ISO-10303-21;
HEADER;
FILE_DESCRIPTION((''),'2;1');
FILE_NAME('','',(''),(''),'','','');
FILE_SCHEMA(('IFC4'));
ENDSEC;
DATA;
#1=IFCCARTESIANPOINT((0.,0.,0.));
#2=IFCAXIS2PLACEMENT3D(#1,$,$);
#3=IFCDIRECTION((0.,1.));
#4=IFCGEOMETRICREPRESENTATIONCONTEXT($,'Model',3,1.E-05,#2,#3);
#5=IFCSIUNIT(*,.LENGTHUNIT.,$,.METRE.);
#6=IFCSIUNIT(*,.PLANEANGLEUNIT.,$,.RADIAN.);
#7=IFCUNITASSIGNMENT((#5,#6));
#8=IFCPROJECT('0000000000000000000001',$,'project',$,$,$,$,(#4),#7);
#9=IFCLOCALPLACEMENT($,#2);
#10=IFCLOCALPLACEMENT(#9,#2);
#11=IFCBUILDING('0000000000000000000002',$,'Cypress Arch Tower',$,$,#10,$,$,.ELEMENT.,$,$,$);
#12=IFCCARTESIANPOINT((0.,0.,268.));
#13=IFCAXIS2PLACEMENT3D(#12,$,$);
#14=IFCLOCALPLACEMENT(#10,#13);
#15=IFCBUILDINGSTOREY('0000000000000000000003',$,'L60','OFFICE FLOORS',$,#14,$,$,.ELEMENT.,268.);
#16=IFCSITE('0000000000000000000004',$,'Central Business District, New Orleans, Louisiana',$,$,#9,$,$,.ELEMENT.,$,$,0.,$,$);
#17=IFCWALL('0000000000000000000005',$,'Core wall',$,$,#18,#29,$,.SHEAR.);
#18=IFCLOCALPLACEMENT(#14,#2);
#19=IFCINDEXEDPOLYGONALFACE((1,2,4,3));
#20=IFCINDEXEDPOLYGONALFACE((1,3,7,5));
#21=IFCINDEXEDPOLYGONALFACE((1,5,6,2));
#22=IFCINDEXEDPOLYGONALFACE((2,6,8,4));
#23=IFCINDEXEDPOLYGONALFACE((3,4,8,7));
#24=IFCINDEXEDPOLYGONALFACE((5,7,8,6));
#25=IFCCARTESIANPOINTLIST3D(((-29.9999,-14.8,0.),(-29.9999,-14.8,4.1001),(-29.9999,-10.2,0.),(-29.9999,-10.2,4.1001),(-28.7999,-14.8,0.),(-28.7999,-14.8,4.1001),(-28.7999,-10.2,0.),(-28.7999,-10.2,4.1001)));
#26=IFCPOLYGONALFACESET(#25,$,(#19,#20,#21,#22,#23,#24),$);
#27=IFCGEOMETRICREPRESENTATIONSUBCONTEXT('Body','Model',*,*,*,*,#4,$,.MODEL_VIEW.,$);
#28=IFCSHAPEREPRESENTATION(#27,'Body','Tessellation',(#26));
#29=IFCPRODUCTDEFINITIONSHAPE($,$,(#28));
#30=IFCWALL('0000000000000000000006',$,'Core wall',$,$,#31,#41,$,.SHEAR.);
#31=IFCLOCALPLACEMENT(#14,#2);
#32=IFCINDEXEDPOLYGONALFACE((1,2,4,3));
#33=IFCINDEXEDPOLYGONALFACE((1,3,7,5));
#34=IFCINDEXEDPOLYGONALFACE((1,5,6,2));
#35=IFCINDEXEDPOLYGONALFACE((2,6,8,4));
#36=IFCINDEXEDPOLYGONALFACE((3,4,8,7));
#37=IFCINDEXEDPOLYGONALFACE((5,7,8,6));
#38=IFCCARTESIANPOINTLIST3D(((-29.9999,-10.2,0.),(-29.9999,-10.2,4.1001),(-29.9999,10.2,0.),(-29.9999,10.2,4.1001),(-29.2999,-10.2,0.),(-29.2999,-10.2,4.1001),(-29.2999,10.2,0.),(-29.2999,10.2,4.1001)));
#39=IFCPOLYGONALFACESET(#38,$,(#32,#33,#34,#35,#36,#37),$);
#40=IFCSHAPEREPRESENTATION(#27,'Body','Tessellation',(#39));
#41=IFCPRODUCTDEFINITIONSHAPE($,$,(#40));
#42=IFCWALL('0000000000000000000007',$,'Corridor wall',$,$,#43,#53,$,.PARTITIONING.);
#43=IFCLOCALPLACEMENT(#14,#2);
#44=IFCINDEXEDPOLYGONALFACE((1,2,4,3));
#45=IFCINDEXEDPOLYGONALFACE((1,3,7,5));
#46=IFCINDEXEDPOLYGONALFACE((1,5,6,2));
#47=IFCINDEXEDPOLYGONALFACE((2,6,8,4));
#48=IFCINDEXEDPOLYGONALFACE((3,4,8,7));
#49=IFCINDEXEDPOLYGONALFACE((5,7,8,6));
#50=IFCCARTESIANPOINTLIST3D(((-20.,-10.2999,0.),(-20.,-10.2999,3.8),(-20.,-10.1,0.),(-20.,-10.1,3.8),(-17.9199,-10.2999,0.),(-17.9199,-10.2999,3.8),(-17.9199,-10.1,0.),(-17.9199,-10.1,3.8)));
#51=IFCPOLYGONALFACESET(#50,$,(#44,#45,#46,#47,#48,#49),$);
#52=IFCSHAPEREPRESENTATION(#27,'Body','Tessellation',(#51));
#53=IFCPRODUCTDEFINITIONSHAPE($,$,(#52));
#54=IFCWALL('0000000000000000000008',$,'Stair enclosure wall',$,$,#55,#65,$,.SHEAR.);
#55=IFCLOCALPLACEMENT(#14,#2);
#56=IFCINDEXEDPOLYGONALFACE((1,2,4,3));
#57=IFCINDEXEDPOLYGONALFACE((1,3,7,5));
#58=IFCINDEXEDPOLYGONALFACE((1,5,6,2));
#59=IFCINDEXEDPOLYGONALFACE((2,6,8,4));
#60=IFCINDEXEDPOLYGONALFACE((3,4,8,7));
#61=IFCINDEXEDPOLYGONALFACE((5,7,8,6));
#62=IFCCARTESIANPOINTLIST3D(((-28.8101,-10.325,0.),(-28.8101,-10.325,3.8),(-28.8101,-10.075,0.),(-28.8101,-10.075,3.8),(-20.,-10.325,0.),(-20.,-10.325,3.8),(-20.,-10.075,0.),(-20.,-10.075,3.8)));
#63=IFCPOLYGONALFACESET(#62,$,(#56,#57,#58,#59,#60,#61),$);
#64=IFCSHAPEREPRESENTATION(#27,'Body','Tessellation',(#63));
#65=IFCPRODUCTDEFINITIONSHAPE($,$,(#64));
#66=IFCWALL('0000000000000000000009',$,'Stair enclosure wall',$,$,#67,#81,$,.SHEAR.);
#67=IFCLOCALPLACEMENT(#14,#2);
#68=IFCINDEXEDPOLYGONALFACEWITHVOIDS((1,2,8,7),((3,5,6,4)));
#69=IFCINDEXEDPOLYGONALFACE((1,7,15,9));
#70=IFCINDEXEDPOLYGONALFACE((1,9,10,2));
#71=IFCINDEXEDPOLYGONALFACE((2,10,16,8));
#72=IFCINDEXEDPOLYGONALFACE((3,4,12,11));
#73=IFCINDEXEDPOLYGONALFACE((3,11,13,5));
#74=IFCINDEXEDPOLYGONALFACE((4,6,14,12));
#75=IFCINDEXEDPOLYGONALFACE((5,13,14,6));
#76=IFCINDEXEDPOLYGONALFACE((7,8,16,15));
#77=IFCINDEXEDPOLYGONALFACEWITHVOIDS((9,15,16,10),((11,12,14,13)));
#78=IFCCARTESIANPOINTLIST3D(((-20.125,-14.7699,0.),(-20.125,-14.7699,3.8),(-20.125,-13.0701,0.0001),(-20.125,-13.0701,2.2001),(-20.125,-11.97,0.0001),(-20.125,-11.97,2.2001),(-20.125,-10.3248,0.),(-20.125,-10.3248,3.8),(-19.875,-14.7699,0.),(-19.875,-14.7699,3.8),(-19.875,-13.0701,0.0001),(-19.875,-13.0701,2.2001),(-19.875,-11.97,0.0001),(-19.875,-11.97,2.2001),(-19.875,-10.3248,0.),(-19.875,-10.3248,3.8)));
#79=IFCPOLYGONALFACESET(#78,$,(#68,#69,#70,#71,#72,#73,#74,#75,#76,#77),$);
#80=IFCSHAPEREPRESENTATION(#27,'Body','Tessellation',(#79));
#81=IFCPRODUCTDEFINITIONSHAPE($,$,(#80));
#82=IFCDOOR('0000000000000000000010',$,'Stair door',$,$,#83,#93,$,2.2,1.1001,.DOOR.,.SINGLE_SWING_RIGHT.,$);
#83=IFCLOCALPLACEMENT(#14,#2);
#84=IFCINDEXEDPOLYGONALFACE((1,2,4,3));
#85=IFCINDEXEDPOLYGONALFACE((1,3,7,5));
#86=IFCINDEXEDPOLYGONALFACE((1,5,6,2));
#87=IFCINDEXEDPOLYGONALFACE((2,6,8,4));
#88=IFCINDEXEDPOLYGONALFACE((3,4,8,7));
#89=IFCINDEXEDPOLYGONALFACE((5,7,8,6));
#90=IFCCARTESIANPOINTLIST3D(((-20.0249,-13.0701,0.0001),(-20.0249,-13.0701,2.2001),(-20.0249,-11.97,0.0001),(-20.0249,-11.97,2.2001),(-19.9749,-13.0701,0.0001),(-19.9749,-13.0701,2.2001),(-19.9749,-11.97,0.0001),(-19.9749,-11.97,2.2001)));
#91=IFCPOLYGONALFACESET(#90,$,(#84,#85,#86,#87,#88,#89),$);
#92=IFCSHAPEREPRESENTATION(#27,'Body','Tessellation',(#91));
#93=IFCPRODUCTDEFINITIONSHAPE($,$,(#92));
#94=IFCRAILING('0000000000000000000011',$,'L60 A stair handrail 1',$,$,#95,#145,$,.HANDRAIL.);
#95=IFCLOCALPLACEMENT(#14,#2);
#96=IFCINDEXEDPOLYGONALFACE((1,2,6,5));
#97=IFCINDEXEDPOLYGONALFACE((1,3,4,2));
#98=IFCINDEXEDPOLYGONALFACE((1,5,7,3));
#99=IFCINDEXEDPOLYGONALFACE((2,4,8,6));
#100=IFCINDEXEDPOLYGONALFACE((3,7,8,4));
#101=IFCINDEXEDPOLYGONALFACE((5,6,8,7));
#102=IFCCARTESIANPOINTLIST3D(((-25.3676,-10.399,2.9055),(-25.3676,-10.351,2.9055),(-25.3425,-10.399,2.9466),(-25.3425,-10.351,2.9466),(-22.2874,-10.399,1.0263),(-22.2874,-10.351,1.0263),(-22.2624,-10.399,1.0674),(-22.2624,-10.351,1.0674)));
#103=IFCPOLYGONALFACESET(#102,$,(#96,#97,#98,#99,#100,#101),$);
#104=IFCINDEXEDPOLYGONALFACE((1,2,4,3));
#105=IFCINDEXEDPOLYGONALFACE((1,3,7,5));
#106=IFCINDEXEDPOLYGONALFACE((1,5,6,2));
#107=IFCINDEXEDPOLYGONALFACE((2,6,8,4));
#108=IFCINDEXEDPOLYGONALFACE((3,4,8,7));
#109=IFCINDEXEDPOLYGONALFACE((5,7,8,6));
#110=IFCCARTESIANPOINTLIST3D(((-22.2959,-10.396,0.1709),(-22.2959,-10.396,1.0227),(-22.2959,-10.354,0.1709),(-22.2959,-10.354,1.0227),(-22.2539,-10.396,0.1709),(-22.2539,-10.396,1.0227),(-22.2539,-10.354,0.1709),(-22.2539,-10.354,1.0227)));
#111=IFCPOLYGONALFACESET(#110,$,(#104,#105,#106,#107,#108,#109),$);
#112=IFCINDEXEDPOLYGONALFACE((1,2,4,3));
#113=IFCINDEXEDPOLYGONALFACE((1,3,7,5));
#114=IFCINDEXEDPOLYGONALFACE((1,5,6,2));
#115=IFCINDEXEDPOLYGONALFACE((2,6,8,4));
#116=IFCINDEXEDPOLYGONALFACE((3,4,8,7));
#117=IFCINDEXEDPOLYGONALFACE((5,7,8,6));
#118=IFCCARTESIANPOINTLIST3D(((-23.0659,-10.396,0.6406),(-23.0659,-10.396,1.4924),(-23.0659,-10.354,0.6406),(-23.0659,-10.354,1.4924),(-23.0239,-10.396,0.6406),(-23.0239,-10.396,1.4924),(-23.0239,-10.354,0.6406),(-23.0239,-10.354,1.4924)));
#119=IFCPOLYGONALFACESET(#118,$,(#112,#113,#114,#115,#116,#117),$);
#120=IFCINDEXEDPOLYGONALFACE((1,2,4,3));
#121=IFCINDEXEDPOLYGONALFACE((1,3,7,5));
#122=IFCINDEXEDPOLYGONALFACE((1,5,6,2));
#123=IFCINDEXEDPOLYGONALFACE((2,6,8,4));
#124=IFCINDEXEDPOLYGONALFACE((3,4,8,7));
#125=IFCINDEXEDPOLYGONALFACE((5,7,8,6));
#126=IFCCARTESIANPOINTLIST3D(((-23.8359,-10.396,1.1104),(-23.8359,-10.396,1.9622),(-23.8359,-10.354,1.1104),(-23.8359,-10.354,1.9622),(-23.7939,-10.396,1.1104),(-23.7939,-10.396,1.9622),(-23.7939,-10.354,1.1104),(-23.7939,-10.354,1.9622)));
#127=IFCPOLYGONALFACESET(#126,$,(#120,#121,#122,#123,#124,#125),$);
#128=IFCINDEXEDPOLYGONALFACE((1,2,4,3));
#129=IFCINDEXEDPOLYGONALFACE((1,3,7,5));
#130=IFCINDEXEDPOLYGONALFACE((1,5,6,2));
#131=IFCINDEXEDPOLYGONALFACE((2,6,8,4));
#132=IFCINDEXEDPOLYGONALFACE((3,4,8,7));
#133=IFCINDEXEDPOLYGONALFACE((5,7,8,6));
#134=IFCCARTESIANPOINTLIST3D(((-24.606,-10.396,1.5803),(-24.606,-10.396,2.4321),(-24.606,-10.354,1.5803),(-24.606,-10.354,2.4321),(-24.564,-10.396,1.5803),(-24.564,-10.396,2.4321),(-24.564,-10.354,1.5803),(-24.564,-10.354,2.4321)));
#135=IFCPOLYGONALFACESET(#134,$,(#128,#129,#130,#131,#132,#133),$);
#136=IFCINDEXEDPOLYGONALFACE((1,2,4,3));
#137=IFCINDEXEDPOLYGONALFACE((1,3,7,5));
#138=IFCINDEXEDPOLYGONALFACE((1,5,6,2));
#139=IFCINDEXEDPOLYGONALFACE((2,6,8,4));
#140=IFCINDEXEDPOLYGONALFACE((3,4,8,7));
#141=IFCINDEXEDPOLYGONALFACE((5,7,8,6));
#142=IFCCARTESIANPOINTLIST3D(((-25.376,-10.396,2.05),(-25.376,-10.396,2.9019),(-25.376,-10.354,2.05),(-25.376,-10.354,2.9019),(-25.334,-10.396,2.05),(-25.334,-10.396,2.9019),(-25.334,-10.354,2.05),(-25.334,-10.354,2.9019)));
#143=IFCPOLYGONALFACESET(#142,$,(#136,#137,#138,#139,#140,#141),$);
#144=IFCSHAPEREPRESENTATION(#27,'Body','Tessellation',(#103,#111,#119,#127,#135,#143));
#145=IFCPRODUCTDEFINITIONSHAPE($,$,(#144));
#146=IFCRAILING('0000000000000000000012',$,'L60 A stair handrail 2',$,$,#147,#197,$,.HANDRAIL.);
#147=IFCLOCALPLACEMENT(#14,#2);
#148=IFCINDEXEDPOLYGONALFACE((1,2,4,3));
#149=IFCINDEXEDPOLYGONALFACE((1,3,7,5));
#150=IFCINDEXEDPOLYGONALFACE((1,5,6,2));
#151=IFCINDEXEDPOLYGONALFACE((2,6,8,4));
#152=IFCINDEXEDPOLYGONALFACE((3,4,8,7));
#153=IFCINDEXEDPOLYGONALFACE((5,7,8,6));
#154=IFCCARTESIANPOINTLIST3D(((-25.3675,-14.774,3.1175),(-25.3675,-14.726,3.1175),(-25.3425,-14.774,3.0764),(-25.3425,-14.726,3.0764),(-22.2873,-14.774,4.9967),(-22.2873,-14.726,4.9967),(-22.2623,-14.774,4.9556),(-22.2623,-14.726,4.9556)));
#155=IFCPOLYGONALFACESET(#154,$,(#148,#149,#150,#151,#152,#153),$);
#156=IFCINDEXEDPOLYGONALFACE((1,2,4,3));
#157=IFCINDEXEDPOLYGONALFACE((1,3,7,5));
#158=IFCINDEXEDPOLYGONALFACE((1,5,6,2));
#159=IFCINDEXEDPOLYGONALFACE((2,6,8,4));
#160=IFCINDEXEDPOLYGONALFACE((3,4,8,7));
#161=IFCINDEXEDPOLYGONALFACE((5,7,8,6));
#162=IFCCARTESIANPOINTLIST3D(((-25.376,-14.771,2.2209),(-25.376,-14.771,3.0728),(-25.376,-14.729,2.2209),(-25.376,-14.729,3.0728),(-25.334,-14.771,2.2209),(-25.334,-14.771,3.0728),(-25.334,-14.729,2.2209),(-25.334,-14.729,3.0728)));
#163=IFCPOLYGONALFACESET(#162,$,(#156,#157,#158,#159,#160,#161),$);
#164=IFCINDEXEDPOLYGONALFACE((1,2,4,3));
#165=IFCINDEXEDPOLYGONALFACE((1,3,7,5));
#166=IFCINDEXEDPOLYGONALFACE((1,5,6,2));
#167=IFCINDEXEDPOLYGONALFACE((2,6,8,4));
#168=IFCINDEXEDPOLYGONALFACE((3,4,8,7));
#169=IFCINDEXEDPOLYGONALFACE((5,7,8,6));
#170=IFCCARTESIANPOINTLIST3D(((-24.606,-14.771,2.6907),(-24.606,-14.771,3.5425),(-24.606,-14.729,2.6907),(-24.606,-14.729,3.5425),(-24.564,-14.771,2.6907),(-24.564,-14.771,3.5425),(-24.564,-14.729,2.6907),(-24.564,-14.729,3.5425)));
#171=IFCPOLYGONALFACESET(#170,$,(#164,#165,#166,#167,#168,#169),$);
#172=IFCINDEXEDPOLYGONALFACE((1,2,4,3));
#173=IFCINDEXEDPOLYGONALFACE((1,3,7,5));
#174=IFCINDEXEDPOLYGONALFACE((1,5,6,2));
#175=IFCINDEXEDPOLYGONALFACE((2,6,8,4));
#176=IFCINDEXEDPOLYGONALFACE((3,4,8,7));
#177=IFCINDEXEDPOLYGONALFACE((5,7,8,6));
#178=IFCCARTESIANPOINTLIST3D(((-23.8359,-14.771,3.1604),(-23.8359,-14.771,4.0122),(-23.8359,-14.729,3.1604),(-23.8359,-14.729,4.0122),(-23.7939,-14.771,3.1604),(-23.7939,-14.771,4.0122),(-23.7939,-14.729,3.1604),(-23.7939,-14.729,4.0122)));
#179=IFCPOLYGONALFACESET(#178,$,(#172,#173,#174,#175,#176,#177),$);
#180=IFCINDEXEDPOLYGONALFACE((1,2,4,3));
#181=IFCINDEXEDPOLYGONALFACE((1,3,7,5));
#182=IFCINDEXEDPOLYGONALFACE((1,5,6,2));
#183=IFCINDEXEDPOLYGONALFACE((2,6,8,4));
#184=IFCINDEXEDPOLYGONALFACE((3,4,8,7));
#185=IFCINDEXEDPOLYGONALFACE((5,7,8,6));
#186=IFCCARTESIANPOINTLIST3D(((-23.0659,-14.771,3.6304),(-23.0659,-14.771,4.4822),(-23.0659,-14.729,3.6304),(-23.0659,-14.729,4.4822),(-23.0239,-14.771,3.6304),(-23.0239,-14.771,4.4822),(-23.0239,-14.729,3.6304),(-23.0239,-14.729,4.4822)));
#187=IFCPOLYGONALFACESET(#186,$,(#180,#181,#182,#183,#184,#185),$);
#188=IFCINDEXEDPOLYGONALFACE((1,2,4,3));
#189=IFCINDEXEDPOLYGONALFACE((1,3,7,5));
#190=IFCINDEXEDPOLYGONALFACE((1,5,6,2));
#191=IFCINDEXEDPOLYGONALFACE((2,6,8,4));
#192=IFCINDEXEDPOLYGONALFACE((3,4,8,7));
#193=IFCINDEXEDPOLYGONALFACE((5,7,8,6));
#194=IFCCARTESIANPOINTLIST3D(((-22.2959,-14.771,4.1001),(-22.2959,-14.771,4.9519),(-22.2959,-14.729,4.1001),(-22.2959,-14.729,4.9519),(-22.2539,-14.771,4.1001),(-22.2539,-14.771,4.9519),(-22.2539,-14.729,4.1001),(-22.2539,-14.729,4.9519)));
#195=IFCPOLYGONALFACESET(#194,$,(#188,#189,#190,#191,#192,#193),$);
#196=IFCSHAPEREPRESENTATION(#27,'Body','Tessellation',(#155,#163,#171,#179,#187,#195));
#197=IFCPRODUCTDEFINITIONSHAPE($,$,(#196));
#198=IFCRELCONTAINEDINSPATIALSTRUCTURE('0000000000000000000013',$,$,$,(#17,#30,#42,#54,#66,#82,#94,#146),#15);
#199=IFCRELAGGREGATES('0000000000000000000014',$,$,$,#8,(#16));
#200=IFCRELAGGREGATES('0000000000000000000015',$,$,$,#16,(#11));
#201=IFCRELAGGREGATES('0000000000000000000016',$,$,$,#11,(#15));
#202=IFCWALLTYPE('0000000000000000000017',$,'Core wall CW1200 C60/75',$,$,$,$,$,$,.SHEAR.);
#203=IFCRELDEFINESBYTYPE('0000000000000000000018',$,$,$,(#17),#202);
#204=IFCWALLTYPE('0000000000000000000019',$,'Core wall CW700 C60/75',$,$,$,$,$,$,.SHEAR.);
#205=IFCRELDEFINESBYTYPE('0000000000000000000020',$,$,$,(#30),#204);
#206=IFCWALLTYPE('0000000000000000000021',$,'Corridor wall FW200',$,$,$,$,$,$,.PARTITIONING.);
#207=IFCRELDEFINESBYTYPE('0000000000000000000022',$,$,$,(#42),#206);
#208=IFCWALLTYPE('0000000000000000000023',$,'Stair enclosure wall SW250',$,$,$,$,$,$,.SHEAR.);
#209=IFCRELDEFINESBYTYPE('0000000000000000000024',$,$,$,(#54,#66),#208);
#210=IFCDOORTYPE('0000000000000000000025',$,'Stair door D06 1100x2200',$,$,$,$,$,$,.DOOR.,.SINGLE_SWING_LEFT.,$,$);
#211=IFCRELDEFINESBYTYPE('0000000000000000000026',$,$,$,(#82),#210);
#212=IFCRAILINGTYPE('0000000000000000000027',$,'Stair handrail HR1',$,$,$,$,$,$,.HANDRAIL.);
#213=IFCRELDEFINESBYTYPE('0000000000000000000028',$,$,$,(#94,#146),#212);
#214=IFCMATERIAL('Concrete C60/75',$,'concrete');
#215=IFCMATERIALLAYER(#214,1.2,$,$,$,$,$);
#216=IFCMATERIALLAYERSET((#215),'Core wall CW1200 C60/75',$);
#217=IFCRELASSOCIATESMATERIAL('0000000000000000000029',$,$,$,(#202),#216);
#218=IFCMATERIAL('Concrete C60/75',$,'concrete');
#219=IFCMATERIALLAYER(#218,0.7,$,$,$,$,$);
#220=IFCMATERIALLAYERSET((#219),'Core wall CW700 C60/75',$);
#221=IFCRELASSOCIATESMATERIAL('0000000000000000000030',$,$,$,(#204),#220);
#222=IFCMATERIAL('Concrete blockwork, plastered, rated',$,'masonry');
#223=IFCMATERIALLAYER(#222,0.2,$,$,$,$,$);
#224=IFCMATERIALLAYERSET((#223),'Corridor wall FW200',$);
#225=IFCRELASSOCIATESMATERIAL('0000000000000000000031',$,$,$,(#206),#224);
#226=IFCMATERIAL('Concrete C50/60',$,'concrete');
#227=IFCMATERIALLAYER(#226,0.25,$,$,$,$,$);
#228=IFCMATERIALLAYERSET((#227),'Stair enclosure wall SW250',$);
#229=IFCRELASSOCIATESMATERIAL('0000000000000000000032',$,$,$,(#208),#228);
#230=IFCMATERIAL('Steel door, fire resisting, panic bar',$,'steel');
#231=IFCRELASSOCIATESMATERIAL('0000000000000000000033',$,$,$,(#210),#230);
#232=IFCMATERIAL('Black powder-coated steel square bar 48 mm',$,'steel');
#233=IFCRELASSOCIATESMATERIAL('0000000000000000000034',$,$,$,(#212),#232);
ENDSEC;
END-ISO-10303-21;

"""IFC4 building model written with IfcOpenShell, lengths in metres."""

from ifc_helpers import new_model, si_unit, direction, frame, frame_2d, origin, origin_2d, place, context, subcontext, project, spatial, rectangle, extrude, material, layer, layer_set, type_object, element, fill, save


model = new_model("IFC4")

# Units and contexts
model_context = context("Model", 3, precision=1e-05, world=origin(), true_north=direction((0.0, 1.0)))
body_context = subcontext(model_context, "Body", "Model", "MODEL_VIEW")
ifc_project = project(units=[si_unit("LENGTHUNIT", "METRE"), si_unit("PLANEANGLEUNIT", "RADIAN")], contexts=[model_context])

# Site, building, storey
site_placement = place(None, origin())
site = spatial("IfcSite", under=ifc_project, at=site_placement, Name="Central Business District, New Orleans, Louisiana", CompositionType="ELEMENT", RefElevation=0.0)
building_placement = place(site_placement, origin())
building = spatial("IfcBuilding", under=site, at=building_placement, Name="Cypress Arch Tower", CompositionType="ELEMENT")
storey_placement = place(building_placement, frame((0.0, 0.0, 268.0)))
storey = spatial("IfcBuildingStorey", under=building, at=storey_placement, Name="L60", Description="OFFICE FLOORS", CompositionType="ELEMENT", Elevation=268.0)

# Walls
ifc_material_1 = material(Name="Concrete C60/75", Category="concrete")
ifc_layer_1 = layer(ifc_material_1, 1.2)
ifc_layer_set_1 = layer_set([ifc_layer_1], Name="Core wall CW1200 C60/75")
wall_type_1 = type_object("IfcWallType", Name="Core wall CW1200 C60/75", PredefinedType="SHEAR", material=ifc_layer_set_1)
wall_1_placement = place(storey_placement, frame((-29.3999, -14.8, 0.0), z_axis=(0.0, 0.0, 1.0), x_axis=(0.0, 1.0, 0.0)))
element("IfcWall", 1, at=wall_1_placement, inside=storey, type_object=wall_type_1, Name="Core wall", PredefinedType="SHEAR", context=body_context, shape_type="SweptSolid", body=[
    extrude(rectangle(XDim=4.6001, YDim=1.2, at=frame_2d((2.3, 0.0))), origin(), (0.0, 0.0, 1.0), 4.1001),
])
ifc_material_2 = material(Name="Concrete C60/75", Category="concrete")
ifc_layer_2 = layer(ifc_material_2, 0.7)
ifc_layer_set_2 = layer_set([ifc_layer_2], Name="Core wall CW700 C60/75")
wall_type_2 = type_object("IfcWallType", Name="Core wall CW700 C60/75", PredefinedType="SHEAR", material=ifc_layer_set_2)
wall_2_placement = place(storey_placement, frame((-29.6499, -10.2, 0.0), z_axis=(0.0, 0.0, 1.0), x_axis=(0.0, 1.0, 0.0)))
element("IfcWall", 2, at=wall_2_placement, inside=storey, type_object=wall_type_2, Name="Core wall", PredefinedType="SHEAR", context=body_context, shape_type="SweptSolid", body=[
    extrude(rectangle(XDim=20.3999, YDim=0.7, at=frame_2d((10.2, 0.0))), origin(), (0.0, 0.0, 1.0), 4.1001),
])
ifc_material_3 = material(Name="Concrete blockwork, plastered, rated", Category="masonry")
ifc_layer_3 = layer(ifc_material_3, 0.2)
ifc_layer_set_3 = layer_set([ifc_layer_3], Name="Corridor wall FW200")
wall_type_3 = type_object("IfcWallType", Name="Corridor wall FW200", PredefinedType="PARTITIONING", material=ifc_layer_set_3)
wall_3_placement = place(storey_placement, frame((-20.0, -10.2, 0.0), z_axis=(0.0, 0.0, 1.0), x_axis=(1.0, 0.0, 0.0)))
element("IfcWall", 3, at=wall_3_placement, inside=storey, type_object=wall_type_3, Name="Corridor wall", PredefinedType="PARTITIONING", context=body_context, shape_type="SweptSolid", body=[
    extrude(rectangle(XDim=2.0801, YDim=0.2, at=frame_2d((1.04, 0.0))), origin(), (0.0, 0.0, 1.0), 3.8),
])
ifc_material_4 = material(Name="Concrete C50/60", Category="concrete")
ifc_layer_4 = layer(ifc_material_4, 0.25)
ifc_layer_set_4 = layer_set([ifc_layer_4], Name="Stair enclosure wall SW250")
wall_type_4 = type_object("IfcWallType", Name="Stair enclosure wall SW250", PredefinedType="SHEAR", material=ifc_layer_set_4)
wall_4_placement = place(storey_placement, frame((-28.8101, -10.2, 0.0), z_axis=(0.0, 0.0, 1.0), x_axis=(1.0, 0.0, 0.0)))
element("IfcWall", 4, at=wall_4_placement, inside=storey, type_object=wall_type_4, Name="Stair enclosure wall", PredefinedType="SHEAR", context=body_context, shape_type="SweptSolid", body=[
    extrude(rectangle(XDim=8.8101, YDim=0.25, at=frame_2d((4.405, 0.0))), origin(), (0.0, 0.0, 1.0), 3.8),
])

# Wall, opening, door
wall_5_placement = place(storey_placement, frame((-20.0, -14.77, 0.0), z_axis=(0.0, 0.0, 1.0), x_axis=(0.0, 1.0, 0.0)))
wall_5 = element("IfcWall", 5, at=wall_5_placement, inside=storey, type_object=wall_type_4, Name="Stair enclosure wall", PredefinedType="SHEAR", context=body_context, shape_type="SweptSolid", body=[
    extrude(rectangle(XDim=4.4451, YDim=0.25, at=frame_2d((2.2227, 0.0))), origin(), (0.0, 0.0, 1.0), 3.8),
])
opening_1_placement = place(wall_5_placement, frame((1.7, 0.0, 0.0)))
opening_1 = element("IfcOpeningElement", 6, at=opening_1_placement, cuts=wall_5, PredefinedType="OPENING", context=body_context, shape_type="SweptSolid", body=[
    extrude(rectangle(XDim=1.1001, YDim=2.2, at=frame_2d((0.55, 1.1001))), frame((0.0, 0.135, 0.0), z_axis=(0.0, -1.0, 0.0), x_axis=(1.0, 0.0, 0.0)), (0.0, 0.0, 1.0), 0.27),
])
ifc_material_5 = material(Name="Steel door, fire resisting, panic bar", Category="steel")
door_type = type_object("IfcDoorType", Name="Stair door D06 1100x2200", OperationType="SINGLE_SWING_LEFT", PredefinedType="DOOR", material=ifc_material_5)
door_placement = place(opening_1_placement, origin())
door = element("IfcDoor", 7, at=door_placement, inside=storey, type_object=door_type, Name="Stair door", OperationType="SINGLE_SWING_RIGHT", OverallHeight=2.2, OverallWidth=1.1001, PredefinedType="DOOR", context=body_context, shape_type="SweptSolid", body=[
    extrude(rectangle(XDim=1.1001, YDim=2.2, at=frame_2d((0.55, 1.1001))), frame((0.0, 0.0249, 0.0), z_axis=(0.0, -1.0, 0.0), x_axis=(1.0, 0.0, 0.0)), (0.0, 0.0, 1.0), 0.05),
])
fill(opening_1, door)

# Railings
ifc_material_6 = material(Name="Black powder-coated steel square bar 48 mm", Category="steel")
railing_type_1 = type_object("IfcRailingType", Name="Stair handrail HR1", PredefinedType="HANDRAIL", material=ifc_material_6)
railing_1_placement = place(storey_placement, frame((-22.2749, -10.375, 0.1709)))
element("IfcRailing", 8, at=railing_1_placement, inside=storey, type_object=railing_type_1, Name="L60 A stair handrail 1", PredefinedType="HANDRAIL", context=body_context, shape_type="SweptSolid", body=[
    extrude(rectangle(XDim=0.0481, YDim=0.0481, at=origin_2d()), frame((0.0, 0.0, 0.876), z_axis=(-0.853666, 0.0, 0.52082), x_axis=(0.0, -1.0, 0.0)), (0.0, 0.0, 1.0), 3.6082),
    extrude(rectangle(XDim=0.042, YDim=0.042, at=origin_2d()), origin(), (0.0, 0.0, 1.0), 0.8518),
    extrude(rectangle(XDim=0.042, YDim=0.042, at=origin_2d()), frame((-0.77, 0.0, 0.4697)), (0.0, 0.0, 1.0), 0.8518),
    extrude(rectangle(XDim=0.042, YDim=0.042, at=origin_2d()), frame((-1.54, 0.0, 0.9395)), (0.0, 0.0, 1.0), 0.8518),
    extrude(rectangle(XDim=0.042, YDim=0.042, at=origin_2d()), frame((-2.3101, 0.0, 1.4094)), (0.0, 0.0, 1.0), 0.8518),
    extrude(rectangle(XDim=0.042, YDim=0.042, at=origin_2d()), frame((-3.0801, 0.0, 1.8792)), (0.0, 0.0, 1.0), 0.8518),
])
railing_2_placement = place(storey_placement, frame((-25.355, -14.75, 2.2209)))
element("IfcRailing", 9, at=railing_2_placement, inside=storey, type_object=railing_type_1, Name="L60 A stair handrail 2", PredefinedType="HANDRAIL", context=body_context, shape_type="SweptSolid", body=[
    extrude(rectangle(XDim=0.0481, YDim=0.0481, at=origin_2d()), frame((0.0, 0.0, 0.876), z_axis=(0.853666, 0.0, 0.52082), x_axis=(0.0, 1.0, 0.0)), (0.0, 0.0, 1.0), 3.6082),
    extrude(rectangle(XDim=0.042, YDim=0.042, at=origin_2d()), origin(), (0.0, 0.0, 1.0), 0.8518),
    extrude(rectangle(XDim=0.042, YDim=0.042, at=origin_2d()), frame((0.77, 0.0, 0.4697)), (0.0, 0.0, 1.0), 0.8518),
    extrude(rectangle(XDim=0.042, YDim=0.042, at=origin_2d()), frame((1.54, 0.0, 0.9395)), (0.0, 0.0, 1.0), 0.8518),
    extrude(rectangle(XDim=0.042, YDim=0.042, at=origin_2d()), frame((2.3101, 0.0, 1.4094)), (0.0, 0.0, 1.0), 0.8518),
    extrude(rectangle(XDim=0.042, YDim=0.042, at=origin_2d()), frame((3.0801, 0.0, 1.8792)), (0.0, 0.0, 1.0), 0.8518),
])

save(model, "model.ifc")
